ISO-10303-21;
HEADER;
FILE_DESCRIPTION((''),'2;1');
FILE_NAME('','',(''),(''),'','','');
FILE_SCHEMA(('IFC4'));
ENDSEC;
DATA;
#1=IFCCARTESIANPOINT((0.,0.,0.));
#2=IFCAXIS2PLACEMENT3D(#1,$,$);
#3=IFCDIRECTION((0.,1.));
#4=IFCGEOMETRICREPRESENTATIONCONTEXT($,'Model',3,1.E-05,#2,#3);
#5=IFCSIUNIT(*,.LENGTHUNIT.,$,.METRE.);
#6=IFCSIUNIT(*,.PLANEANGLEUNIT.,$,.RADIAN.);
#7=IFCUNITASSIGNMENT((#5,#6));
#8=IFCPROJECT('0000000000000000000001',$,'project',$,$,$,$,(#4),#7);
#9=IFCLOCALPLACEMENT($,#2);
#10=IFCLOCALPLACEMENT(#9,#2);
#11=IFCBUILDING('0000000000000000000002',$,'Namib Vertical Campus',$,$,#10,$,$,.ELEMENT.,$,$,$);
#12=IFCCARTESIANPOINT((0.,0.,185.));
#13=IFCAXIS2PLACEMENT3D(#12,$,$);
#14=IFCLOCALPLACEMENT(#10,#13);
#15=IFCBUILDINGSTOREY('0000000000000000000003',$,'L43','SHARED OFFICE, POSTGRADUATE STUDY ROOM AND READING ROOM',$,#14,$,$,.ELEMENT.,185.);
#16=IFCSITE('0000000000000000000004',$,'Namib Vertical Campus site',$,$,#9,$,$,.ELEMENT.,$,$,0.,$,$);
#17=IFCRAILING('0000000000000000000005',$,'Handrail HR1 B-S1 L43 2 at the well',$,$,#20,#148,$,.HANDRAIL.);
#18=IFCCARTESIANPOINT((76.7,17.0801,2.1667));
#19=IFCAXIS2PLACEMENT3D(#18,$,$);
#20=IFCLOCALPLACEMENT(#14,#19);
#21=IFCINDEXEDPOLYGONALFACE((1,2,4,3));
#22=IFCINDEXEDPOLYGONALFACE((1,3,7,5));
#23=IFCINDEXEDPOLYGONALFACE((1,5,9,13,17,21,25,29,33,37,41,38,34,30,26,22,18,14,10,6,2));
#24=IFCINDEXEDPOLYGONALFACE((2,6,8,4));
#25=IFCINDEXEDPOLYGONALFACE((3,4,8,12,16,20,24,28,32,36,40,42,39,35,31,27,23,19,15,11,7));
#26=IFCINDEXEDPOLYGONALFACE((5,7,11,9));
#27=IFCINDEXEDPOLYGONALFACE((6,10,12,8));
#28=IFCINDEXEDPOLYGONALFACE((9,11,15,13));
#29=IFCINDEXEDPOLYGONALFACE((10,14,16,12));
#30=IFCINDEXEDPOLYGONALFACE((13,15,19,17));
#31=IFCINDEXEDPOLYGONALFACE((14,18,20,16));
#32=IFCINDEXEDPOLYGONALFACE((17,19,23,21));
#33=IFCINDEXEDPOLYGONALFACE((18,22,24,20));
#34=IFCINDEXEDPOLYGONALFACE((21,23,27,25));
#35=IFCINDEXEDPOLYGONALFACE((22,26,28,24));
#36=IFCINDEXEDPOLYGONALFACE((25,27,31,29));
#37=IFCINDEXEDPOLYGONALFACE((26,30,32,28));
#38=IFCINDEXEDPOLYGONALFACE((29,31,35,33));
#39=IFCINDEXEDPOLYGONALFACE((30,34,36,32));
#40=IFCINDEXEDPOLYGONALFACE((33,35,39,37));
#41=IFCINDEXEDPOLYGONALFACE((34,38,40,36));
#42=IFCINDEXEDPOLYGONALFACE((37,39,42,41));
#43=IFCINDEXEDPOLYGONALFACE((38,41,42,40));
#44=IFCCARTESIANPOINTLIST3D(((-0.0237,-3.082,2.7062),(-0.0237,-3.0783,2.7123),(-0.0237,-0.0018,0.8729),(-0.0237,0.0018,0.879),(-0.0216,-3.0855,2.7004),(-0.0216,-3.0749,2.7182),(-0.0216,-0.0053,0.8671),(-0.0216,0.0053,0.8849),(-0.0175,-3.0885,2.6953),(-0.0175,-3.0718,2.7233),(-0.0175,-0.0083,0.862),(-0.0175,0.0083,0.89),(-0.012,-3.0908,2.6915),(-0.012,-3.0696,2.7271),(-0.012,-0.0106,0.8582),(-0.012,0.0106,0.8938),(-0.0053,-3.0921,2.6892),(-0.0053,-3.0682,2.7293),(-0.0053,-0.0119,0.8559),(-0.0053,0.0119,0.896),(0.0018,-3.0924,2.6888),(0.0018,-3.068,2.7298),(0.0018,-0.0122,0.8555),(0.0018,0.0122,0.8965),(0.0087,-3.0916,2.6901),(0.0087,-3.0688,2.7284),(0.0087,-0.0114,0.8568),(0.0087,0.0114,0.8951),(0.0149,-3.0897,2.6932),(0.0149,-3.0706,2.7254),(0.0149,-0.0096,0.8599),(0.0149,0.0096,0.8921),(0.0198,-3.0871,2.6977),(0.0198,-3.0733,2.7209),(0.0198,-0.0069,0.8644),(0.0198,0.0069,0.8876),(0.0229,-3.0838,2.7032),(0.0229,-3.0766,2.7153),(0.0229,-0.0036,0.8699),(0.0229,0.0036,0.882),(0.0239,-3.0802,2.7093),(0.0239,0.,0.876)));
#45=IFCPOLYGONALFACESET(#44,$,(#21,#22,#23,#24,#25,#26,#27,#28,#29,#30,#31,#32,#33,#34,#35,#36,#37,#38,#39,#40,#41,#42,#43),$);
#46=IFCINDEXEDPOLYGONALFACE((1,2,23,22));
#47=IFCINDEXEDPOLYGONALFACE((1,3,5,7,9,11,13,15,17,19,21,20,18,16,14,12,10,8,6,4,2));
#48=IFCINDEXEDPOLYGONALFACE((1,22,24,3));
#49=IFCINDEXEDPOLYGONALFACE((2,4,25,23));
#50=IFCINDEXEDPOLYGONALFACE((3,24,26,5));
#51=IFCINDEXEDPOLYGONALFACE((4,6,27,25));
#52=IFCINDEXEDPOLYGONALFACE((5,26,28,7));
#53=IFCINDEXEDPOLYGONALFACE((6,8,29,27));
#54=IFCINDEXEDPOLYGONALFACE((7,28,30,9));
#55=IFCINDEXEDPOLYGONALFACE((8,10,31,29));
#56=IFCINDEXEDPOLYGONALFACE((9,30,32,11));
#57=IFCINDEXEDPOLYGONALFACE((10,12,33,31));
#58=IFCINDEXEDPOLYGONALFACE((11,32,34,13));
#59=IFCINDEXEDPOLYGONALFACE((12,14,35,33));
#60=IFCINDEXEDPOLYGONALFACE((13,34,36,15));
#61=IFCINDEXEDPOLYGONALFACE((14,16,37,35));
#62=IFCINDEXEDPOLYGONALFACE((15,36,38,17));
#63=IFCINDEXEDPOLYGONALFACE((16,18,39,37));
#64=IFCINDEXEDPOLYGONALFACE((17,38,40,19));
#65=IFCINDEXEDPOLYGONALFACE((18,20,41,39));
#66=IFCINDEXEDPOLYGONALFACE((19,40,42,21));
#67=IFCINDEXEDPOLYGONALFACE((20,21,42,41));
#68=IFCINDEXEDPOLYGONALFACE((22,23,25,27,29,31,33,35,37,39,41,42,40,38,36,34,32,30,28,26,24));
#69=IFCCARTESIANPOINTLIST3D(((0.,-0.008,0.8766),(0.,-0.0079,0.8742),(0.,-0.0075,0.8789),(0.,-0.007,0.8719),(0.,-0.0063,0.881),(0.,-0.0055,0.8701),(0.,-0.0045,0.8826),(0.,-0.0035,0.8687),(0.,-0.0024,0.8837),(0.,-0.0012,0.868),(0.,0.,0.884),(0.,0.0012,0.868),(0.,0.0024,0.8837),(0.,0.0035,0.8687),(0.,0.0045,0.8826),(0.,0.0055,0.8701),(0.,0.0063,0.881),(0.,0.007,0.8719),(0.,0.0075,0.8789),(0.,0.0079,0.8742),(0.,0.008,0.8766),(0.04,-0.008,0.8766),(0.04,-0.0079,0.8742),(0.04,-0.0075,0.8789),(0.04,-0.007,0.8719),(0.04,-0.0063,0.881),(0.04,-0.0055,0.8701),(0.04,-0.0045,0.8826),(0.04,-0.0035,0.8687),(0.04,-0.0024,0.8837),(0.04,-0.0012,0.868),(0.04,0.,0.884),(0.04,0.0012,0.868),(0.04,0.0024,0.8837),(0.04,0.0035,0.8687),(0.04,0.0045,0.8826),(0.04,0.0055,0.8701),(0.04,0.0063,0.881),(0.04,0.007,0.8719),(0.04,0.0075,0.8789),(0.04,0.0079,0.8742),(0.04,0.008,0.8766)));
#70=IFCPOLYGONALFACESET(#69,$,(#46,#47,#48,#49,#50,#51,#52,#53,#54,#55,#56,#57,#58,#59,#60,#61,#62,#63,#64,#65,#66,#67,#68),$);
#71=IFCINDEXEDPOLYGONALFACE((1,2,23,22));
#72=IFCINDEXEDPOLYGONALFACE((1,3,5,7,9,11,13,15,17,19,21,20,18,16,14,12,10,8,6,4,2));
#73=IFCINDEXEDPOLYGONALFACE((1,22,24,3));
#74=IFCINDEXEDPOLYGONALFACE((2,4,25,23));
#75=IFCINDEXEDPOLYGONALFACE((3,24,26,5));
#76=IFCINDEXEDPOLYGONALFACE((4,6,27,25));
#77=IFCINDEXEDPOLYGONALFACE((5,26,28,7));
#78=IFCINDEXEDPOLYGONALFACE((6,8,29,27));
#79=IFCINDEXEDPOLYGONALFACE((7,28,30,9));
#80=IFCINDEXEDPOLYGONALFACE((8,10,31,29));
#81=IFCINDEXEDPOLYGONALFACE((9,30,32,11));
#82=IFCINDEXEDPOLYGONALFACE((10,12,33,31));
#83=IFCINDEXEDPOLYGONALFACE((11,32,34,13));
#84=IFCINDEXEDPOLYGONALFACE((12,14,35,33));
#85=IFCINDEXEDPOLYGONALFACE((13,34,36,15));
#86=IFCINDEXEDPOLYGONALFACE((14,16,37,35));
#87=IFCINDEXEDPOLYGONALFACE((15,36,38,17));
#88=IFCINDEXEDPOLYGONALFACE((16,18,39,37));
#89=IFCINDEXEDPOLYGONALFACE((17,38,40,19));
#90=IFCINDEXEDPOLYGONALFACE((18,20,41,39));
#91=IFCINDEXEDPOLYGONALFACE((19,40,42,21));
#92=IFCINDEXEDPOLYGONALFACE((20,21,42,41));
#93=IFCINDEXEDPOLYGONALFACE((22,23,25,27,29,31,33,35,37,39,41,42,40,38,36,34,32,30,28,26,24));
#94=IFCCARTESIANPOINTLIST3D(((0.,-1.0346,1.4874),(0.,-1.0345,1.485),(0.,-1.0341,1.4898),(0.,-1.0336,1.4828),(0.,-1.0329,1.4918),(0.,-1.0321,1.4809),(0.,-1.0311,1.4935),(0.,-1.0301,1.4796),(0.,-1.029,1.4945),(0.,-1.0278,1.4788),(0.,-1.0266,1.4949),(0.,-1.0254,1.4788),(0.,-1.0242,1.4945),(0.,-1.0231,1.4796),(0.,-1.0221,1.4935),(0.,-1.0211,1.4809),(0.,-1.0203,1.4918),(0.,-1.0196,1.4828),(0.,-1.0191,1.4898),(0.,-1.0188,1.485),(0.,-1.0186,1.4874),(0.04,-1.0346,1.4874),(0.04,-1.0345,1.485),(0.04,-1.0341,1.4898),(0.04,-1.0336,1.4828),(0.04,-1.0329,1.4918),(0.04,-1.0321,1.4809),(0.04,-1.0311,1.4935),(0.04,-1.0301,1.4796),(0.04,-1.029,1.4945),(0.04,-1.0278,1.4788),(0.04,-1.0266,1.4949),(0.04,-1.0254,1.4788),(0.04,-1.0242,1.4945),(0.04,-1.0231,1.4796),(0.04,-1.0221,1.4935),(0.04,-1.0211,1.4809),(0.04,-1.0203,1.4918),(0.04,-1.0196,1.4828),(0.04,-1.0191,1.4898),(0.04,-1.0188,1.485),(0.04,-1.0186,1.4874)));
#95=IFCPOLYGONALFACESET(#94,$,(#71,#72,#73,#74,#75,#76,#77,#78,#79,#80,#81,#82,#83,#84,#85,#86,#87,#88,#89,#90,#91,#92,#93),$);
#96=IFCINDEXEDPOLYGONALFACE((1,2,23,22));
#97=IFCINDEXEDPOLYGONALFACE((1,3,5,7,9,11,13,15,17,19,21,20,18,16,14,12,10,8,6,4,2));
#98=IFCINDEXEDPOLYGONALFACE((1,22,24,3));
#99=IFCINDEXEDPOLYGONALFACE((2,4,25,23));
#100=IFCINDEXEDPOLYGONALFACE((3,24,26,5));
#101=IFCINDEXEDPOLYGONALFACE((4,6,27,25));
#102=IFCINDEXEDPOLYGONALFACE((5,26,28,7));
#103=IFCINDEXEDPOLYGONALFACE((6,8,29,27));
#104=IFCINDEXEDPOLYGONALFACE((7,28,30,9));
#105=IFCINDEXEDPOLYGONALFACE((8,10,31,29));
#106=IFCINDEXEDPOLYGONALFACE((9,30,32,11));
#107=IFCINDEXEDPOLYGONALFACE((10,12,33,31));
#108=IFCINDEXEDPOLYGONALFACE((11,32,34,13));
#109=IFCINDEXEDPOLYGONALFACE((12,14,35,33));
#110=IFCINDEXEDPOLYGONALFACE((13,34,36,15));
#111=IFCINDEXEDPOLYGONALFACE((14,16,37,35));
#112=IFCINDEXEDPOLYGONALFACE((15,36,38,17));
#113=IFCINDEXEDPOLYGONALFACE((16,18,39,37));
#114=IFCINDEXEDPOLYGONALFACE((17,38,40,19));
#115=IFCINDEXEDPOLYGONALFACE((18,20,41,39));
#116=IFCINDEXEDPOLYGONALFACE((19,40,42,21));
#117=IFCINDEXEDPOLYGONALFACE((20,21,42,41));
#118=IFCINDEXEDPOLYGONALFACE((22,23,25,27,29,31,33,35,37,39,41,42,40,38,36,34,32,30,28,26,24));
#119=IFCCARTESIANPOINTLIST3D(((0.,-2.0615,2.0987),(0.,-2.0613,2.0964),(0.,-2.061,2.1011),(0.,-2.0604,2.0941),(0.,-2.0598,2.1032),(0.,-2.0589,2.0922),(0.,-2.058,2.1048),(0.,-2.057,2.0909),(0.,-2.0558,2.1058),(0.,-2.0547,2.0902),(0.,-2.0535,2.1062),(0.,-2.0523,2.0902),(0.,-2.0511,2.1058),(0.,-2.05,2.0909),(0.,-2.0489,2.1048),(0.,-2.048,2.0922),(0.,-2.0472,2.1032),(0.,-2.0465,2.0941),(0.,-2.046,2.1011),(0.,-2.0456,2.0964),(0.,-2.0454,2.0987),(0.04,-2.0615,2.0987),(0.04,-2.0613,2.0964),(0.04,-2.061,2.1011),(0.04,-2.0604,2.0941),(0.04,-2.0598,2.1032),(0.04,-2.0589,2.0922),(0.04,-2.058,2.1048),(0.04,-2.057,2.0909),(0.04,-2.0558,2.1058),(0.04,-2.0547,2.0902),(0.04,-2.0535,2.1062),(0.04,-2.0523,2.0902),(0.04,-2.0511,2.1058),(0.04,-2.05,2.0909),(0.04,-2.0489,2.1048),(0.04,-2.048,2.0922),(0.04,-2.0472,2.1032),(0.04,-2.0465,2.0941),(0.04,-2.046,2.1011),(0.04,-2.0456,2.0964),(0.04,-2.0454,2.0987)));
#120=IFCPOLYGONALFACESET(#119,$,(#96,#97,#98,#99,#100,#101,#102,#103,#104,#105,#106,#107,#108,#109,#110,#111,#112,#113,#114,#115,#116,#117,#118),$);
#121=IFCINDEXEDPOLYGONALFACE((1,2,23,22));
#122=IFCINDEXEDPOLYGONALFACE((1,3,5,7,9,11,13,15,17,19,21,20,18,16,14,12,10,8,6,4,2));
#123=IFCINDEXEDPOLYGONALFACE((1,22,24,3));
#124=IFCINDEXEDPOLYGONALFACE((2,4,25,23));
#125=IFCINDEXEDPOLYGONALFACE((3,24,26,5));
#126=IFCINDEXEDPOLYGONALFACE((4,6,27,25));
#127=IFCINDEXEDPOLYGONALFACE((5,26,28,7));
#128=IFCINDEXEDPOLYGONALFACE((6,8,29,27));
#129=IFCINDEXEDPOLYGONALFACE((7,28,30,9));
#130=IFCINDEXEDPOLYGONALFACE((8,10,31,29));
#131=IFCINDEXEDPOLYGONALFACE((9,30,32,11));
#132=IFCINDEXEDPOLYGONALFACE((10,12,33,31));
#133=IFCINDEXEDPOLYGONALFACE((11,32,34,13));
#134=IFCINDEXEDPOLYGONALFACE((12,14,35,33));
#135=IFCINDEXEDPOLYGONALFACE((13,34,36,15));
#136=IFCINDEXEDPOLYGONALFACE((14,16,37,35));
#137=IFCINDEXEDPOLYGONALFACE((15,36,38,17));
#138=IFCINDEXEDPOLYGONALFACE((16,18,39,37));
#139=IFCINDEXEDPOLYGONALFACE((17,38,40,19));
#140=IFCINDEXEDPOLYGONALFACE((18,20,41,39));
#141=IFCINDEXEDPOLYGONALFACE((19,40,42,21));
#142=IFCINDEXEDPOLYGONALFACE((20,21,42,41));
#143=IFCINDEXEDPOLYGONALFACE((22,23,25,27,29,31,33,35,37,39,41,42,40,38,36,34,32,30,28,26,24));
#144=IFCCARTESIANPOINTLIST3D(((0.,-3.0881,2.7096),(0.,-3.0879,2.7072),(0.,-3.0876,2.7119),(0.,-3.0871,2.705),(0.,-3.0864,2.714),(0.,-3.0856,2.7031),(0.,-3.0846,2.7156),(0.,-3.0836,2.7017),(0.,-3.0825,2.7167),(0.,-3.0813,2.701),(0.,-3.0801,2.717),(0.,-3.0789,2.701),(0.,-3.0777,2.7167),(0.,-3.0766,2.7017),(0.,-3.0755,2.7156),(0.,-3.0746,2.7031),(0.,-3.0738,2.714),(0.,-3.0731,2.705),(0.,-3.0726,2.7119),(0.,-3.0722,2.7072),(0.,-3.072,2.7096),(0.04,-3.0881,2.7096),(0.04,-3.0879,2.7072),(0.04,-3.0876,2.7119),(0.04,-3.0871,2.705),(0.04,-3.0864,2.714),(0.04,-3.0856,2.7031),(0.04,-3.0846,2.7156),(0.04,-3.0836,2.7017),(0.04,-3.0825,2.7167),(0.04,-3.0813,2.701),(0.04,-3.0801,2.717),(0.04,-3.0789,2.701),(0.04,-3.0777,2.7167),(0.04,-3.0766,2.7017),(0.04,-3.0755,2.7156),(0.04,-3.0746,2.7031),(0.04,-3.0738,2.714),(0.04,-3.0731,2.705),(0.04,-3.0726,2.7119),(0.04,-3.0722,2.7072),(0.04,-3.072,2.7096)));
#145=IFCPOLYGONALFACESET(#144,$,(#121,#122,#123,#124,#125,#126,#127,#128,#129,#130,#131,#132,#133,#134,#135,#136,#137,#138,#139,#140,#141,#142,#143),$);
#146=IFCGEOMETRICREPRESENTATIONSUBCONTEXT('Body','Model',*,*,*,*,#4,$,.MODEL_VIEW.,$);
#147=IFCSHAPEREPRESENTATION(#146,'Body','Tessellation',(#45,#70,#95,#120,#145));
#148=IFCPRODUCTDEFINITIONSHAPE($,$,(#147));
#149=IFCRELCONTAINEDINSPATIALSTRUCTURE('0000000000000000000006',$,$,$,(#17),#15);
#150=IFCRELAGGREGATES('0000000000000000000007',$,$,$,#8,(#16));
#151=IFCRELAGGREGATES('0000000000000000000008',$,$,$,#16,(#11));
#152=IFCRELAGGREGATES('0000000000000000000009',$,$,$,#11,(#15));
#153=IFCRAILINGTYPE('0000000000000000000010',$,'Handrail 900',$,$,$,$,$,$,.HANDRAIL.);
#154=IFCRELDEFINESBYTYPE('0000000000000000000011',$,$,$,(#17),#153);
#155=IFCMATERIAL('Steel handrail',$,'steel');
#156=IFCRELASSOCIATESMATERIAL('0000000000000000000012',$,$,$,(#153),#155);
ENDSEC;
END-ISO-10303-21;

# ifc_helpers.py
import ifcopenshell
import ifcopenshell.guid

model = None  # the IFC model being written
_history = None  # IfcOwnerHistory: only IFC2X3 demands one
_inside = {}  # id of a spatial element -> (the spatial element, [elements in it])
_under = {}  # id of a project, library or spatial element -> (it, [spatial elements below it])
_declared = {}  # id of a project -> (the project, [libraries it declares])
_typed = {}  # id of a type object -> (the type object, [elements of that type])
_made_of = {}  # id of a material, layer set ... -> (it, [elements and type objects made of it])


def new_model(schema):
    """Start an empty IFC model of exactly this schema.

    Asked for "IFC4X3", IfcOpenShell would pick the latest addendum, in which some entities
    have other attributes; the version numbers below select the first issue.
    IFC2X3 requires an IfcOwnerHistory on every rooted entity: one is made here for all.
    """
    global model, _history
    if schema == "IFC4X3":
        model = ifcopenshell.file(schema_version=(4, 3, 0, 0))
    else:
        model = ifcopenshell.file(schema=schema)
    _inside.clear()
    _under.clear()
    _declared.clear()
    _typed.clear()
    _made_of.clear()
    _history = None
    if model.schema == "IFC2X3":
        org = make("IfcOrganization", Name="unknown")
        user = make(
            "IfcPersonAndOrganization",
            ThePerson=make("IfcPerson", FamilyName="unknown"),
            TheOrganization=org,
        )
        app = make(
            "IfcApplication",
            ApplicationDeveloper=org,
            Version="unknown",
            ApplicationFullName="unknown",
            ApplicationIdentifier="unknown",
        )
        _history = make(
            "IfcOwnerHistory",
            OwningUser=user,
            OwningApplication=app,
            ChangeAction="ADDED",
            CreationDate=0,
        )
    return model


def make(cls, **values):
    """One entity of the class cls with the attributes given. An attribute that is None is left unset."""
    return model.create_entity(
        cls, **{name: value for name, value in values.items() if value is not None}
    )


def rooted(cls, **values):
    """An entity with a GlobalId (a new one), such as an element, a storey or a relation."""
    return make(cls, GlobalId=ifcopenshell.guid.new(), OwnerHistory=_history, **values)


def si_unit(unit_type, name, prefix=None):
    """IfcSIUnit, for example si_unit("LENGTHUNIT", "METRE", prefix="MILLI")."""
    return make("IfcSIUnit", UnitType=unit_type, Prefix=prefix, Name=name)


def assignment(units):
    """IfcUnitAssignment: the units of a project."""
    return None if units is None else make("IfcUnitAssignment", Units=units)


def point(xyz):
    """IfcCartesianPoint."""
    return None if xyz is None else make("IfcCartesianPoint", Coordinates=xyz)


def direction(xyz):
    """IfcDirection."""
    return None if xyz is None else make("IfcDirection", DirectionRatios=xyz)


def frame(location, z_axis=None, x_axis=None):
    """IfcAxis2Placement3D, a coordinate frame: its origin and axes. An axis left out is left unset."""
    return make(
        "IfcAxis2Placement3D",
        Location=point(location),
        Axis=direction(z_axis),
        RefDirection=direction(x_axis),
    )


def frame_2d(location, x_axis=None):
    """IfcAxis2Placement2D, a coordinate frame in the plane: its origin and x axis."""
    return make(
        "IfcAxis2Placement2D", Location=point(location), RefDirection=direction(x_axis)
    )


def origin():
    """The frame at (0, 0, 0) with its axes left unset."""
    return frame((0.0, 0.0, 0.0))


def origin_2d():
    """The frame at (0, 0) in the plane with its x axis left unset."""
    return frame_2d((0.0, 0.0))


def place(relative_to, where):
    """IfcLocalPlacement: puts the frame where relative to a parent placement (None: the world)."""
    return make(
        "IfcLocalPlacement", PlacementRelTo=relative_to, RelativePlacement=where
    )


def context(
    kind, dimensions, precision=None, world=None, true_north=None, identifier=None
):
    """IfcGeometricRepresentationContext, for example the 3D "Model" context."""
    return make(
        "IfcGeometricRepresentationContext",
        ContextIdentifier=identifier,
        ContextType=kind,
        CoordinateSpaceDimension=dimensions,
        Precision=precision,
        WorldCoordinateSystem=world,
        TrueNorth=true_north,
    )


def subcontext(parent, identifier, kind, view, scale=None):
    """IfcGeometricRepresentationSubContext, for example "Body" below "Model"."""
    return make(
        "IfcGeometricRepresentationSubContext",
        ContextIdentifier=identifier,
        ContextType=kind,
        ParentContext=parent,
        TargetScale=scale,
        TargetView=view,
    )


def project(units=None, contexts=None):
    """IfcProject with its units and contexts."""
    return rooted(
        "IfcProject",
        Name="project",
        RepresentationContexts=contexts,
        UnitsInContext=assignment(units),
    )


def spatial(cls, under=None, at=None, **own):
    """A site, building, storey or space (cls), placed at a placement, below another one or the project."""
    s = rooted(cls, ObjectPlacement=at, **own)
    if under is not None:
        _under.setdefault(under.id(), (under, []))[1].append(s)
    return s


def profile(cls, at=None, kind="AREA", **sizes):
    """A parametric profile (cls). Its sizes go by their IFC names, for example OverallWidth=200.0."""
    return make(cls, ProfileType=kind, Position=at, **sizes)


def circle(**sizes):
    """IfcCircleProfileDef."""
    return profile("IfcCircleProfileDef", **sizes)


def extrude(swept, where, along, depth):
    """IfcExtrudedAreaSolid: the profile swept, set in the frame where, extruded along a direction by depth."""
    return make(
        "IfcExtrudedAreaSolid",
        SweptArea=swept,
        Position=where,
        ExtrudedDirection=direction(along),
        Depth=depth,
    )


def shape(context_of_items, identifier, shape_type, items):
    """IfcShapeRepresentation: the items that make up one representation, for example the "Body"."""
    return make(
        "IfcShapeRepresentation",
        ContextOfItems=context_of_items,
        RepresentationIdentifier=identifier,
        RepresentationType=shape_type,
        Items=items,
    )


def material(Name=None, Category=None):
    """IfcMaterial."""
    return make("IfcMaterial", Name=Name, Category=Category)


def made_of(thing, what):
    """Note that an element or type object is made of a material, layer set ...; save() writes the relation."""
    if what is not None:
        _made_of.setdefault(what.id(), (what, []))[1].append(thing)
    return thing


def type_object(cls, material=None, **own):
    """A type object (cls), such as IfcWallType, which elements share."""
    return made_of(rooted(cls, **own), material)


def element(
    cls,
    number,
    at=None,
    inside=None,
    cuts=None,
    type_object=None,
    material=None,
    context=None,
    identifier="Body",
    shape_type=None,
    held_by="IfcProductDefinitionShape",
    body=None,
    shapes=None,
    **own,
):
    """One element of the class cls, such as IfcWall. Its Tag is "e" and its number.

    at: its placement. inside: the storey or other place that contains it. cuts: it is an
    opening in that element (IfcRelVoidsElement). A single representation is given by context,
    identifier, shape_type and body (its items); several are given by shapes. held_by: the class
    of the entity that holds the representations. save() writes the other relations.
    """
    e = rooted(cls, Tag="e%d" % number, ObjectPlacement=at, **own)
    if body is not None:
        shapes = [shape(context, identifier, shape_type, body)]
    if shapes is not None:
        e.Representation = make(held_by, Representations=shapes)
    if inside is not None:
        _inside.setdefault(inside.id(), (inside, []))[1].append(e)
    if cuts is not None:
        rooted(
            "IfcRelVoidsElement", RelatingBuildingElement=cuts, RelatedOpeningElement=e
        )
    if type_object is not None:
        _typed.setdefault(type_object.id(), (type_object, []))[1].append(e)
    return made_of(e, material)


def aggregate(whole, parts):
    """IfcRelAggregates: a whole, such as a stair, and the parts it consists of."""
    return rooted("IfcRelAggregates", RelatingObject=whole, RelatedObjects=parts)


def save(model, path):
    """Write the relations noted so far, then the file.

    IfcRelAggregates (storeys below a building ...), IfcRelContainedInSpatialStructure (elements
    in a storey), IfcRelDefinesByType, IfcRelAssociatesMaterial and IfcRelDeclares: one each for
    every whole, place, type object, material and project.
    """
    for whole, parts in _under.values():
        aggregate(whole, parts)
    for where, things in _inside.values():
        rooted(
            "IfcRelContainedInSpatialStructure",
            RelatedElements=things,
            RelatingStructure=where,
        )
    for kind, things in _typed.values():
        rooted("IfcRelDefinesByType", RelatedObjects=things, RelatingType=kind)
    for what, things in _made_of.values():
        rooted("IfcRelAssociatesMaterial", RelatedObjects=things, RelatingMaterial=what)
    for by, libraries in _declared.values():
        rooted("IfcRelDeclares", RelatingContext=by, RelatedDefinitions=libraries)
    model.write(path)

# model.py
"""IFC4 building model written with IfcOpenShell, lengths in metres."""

from ifc_helpers import new_model, si_unit, direction, frame, origin, origin_2d, place, context, subcontext, project, spatial, circle, extrude, material, type_object, element, save


model = new_model("IFC4")

# Units and contexts
model_context = context("Model", 3, precision=1e-05, world=origin(), true_north=direction((0.0, 1.0)))
body_context = subcontext(model_context, "Body", "Model", "MODEL_VIEW")
ifc_project = project(units=[si_unit("LENGTHUNIT", "METRE"), si_unit("PLANEANGLEUNIT", "RADIAN")], contexts=[model_context])

# Site, building, storey
site_placement = place(None, origin())
site = spatial("IfcSite", under=ifc_project, at=site_placement, Name="Namib Vertical Campus site", CompositionType="ELEMENT", RefElevation=0.0)
building_placement = place(site_placement, origin())
building = spatial("IfcBuilding", under=site, at=building_placement, Name="Namib Vertical Campus", CompositionType="ELEMENT")
storey_placement = place(building_placement, frame((0.0, 0.0, 185.0)))
storey = spatial("IfcBuildingStorey", under=building, at=storey_placement, Name="L43", Description="SHARED OFFICE, POSTGRADUATE STUDY ROOM AND READING ROOM", CompositionType="ELEMENT", Elevation=185.0)

# Railing
ifc_material_1 = material(Name="Steel handrail", Category="steel")
railing_type_1 = type_object("IfcRailingType", Name="Handrail 900", PredefinedType="HANDRAIL", material=ifc_material_1)
railing_1_placement = place(storey_placement, frame((76.7, 17.0801, 2.1667)))
element("IfcRailing", 1, at=railing_1_placement, inside=storey, type_object=railing_type_1, Name="Handrail HR1 B-S1 L43 2 at the well", PredefinedType="HANDRAIL", context=body_context, shape_type="SweptSolid", body=[
    extrude(circle(Radius=0.0239, at=origin_2d()), frame((0.0, 0.0, 0.876), z_axis=(0.0, -0.859309, 0.511458), x_axis=(1.0, 0.0, 0.0)), (0.0, 0.0, 1.0), 3.5845),
    extrude(circle(Radius=0.0081, at=origin_2d()), frame((0.0, 0.0, 0.876), z_axis=(1.0, 0.0, 0.0), x_axis=(0.0, 0.0, 1.0)), (0.0, 0.0, 1.0), 0.04),
    extrude(circle(Radius=0.0081, at=origin_2d()), frame((0.0, -1.0266, 1.4868), z_axis=(1.0, 0.0, 0.0), x_axis=(0.0, 0.0, 1.0)), (0.0, 0.0, 1.0), 0.04),
    extrude(circle(Radius=0.0081, at=origin_2d()), frame((0.0, -2.0535, 2.0981), z_axis=(1.0, 0.0, 0.0), x_axis=(0.0, 0.0, 1.0)), (0.0, 0.0, 1.0), 0.04),
    extrude(circle(Radius=0.0081, at=origin_2d()), frame((0.0, -3.0801, 2.709), z_axis=(1.0, 0.0, 0.0), x_axis=(0.0, 0.0, 1.0)), (0.0, 0.0, 1.0), 0.04),
])

save(model, "model.ifc")
